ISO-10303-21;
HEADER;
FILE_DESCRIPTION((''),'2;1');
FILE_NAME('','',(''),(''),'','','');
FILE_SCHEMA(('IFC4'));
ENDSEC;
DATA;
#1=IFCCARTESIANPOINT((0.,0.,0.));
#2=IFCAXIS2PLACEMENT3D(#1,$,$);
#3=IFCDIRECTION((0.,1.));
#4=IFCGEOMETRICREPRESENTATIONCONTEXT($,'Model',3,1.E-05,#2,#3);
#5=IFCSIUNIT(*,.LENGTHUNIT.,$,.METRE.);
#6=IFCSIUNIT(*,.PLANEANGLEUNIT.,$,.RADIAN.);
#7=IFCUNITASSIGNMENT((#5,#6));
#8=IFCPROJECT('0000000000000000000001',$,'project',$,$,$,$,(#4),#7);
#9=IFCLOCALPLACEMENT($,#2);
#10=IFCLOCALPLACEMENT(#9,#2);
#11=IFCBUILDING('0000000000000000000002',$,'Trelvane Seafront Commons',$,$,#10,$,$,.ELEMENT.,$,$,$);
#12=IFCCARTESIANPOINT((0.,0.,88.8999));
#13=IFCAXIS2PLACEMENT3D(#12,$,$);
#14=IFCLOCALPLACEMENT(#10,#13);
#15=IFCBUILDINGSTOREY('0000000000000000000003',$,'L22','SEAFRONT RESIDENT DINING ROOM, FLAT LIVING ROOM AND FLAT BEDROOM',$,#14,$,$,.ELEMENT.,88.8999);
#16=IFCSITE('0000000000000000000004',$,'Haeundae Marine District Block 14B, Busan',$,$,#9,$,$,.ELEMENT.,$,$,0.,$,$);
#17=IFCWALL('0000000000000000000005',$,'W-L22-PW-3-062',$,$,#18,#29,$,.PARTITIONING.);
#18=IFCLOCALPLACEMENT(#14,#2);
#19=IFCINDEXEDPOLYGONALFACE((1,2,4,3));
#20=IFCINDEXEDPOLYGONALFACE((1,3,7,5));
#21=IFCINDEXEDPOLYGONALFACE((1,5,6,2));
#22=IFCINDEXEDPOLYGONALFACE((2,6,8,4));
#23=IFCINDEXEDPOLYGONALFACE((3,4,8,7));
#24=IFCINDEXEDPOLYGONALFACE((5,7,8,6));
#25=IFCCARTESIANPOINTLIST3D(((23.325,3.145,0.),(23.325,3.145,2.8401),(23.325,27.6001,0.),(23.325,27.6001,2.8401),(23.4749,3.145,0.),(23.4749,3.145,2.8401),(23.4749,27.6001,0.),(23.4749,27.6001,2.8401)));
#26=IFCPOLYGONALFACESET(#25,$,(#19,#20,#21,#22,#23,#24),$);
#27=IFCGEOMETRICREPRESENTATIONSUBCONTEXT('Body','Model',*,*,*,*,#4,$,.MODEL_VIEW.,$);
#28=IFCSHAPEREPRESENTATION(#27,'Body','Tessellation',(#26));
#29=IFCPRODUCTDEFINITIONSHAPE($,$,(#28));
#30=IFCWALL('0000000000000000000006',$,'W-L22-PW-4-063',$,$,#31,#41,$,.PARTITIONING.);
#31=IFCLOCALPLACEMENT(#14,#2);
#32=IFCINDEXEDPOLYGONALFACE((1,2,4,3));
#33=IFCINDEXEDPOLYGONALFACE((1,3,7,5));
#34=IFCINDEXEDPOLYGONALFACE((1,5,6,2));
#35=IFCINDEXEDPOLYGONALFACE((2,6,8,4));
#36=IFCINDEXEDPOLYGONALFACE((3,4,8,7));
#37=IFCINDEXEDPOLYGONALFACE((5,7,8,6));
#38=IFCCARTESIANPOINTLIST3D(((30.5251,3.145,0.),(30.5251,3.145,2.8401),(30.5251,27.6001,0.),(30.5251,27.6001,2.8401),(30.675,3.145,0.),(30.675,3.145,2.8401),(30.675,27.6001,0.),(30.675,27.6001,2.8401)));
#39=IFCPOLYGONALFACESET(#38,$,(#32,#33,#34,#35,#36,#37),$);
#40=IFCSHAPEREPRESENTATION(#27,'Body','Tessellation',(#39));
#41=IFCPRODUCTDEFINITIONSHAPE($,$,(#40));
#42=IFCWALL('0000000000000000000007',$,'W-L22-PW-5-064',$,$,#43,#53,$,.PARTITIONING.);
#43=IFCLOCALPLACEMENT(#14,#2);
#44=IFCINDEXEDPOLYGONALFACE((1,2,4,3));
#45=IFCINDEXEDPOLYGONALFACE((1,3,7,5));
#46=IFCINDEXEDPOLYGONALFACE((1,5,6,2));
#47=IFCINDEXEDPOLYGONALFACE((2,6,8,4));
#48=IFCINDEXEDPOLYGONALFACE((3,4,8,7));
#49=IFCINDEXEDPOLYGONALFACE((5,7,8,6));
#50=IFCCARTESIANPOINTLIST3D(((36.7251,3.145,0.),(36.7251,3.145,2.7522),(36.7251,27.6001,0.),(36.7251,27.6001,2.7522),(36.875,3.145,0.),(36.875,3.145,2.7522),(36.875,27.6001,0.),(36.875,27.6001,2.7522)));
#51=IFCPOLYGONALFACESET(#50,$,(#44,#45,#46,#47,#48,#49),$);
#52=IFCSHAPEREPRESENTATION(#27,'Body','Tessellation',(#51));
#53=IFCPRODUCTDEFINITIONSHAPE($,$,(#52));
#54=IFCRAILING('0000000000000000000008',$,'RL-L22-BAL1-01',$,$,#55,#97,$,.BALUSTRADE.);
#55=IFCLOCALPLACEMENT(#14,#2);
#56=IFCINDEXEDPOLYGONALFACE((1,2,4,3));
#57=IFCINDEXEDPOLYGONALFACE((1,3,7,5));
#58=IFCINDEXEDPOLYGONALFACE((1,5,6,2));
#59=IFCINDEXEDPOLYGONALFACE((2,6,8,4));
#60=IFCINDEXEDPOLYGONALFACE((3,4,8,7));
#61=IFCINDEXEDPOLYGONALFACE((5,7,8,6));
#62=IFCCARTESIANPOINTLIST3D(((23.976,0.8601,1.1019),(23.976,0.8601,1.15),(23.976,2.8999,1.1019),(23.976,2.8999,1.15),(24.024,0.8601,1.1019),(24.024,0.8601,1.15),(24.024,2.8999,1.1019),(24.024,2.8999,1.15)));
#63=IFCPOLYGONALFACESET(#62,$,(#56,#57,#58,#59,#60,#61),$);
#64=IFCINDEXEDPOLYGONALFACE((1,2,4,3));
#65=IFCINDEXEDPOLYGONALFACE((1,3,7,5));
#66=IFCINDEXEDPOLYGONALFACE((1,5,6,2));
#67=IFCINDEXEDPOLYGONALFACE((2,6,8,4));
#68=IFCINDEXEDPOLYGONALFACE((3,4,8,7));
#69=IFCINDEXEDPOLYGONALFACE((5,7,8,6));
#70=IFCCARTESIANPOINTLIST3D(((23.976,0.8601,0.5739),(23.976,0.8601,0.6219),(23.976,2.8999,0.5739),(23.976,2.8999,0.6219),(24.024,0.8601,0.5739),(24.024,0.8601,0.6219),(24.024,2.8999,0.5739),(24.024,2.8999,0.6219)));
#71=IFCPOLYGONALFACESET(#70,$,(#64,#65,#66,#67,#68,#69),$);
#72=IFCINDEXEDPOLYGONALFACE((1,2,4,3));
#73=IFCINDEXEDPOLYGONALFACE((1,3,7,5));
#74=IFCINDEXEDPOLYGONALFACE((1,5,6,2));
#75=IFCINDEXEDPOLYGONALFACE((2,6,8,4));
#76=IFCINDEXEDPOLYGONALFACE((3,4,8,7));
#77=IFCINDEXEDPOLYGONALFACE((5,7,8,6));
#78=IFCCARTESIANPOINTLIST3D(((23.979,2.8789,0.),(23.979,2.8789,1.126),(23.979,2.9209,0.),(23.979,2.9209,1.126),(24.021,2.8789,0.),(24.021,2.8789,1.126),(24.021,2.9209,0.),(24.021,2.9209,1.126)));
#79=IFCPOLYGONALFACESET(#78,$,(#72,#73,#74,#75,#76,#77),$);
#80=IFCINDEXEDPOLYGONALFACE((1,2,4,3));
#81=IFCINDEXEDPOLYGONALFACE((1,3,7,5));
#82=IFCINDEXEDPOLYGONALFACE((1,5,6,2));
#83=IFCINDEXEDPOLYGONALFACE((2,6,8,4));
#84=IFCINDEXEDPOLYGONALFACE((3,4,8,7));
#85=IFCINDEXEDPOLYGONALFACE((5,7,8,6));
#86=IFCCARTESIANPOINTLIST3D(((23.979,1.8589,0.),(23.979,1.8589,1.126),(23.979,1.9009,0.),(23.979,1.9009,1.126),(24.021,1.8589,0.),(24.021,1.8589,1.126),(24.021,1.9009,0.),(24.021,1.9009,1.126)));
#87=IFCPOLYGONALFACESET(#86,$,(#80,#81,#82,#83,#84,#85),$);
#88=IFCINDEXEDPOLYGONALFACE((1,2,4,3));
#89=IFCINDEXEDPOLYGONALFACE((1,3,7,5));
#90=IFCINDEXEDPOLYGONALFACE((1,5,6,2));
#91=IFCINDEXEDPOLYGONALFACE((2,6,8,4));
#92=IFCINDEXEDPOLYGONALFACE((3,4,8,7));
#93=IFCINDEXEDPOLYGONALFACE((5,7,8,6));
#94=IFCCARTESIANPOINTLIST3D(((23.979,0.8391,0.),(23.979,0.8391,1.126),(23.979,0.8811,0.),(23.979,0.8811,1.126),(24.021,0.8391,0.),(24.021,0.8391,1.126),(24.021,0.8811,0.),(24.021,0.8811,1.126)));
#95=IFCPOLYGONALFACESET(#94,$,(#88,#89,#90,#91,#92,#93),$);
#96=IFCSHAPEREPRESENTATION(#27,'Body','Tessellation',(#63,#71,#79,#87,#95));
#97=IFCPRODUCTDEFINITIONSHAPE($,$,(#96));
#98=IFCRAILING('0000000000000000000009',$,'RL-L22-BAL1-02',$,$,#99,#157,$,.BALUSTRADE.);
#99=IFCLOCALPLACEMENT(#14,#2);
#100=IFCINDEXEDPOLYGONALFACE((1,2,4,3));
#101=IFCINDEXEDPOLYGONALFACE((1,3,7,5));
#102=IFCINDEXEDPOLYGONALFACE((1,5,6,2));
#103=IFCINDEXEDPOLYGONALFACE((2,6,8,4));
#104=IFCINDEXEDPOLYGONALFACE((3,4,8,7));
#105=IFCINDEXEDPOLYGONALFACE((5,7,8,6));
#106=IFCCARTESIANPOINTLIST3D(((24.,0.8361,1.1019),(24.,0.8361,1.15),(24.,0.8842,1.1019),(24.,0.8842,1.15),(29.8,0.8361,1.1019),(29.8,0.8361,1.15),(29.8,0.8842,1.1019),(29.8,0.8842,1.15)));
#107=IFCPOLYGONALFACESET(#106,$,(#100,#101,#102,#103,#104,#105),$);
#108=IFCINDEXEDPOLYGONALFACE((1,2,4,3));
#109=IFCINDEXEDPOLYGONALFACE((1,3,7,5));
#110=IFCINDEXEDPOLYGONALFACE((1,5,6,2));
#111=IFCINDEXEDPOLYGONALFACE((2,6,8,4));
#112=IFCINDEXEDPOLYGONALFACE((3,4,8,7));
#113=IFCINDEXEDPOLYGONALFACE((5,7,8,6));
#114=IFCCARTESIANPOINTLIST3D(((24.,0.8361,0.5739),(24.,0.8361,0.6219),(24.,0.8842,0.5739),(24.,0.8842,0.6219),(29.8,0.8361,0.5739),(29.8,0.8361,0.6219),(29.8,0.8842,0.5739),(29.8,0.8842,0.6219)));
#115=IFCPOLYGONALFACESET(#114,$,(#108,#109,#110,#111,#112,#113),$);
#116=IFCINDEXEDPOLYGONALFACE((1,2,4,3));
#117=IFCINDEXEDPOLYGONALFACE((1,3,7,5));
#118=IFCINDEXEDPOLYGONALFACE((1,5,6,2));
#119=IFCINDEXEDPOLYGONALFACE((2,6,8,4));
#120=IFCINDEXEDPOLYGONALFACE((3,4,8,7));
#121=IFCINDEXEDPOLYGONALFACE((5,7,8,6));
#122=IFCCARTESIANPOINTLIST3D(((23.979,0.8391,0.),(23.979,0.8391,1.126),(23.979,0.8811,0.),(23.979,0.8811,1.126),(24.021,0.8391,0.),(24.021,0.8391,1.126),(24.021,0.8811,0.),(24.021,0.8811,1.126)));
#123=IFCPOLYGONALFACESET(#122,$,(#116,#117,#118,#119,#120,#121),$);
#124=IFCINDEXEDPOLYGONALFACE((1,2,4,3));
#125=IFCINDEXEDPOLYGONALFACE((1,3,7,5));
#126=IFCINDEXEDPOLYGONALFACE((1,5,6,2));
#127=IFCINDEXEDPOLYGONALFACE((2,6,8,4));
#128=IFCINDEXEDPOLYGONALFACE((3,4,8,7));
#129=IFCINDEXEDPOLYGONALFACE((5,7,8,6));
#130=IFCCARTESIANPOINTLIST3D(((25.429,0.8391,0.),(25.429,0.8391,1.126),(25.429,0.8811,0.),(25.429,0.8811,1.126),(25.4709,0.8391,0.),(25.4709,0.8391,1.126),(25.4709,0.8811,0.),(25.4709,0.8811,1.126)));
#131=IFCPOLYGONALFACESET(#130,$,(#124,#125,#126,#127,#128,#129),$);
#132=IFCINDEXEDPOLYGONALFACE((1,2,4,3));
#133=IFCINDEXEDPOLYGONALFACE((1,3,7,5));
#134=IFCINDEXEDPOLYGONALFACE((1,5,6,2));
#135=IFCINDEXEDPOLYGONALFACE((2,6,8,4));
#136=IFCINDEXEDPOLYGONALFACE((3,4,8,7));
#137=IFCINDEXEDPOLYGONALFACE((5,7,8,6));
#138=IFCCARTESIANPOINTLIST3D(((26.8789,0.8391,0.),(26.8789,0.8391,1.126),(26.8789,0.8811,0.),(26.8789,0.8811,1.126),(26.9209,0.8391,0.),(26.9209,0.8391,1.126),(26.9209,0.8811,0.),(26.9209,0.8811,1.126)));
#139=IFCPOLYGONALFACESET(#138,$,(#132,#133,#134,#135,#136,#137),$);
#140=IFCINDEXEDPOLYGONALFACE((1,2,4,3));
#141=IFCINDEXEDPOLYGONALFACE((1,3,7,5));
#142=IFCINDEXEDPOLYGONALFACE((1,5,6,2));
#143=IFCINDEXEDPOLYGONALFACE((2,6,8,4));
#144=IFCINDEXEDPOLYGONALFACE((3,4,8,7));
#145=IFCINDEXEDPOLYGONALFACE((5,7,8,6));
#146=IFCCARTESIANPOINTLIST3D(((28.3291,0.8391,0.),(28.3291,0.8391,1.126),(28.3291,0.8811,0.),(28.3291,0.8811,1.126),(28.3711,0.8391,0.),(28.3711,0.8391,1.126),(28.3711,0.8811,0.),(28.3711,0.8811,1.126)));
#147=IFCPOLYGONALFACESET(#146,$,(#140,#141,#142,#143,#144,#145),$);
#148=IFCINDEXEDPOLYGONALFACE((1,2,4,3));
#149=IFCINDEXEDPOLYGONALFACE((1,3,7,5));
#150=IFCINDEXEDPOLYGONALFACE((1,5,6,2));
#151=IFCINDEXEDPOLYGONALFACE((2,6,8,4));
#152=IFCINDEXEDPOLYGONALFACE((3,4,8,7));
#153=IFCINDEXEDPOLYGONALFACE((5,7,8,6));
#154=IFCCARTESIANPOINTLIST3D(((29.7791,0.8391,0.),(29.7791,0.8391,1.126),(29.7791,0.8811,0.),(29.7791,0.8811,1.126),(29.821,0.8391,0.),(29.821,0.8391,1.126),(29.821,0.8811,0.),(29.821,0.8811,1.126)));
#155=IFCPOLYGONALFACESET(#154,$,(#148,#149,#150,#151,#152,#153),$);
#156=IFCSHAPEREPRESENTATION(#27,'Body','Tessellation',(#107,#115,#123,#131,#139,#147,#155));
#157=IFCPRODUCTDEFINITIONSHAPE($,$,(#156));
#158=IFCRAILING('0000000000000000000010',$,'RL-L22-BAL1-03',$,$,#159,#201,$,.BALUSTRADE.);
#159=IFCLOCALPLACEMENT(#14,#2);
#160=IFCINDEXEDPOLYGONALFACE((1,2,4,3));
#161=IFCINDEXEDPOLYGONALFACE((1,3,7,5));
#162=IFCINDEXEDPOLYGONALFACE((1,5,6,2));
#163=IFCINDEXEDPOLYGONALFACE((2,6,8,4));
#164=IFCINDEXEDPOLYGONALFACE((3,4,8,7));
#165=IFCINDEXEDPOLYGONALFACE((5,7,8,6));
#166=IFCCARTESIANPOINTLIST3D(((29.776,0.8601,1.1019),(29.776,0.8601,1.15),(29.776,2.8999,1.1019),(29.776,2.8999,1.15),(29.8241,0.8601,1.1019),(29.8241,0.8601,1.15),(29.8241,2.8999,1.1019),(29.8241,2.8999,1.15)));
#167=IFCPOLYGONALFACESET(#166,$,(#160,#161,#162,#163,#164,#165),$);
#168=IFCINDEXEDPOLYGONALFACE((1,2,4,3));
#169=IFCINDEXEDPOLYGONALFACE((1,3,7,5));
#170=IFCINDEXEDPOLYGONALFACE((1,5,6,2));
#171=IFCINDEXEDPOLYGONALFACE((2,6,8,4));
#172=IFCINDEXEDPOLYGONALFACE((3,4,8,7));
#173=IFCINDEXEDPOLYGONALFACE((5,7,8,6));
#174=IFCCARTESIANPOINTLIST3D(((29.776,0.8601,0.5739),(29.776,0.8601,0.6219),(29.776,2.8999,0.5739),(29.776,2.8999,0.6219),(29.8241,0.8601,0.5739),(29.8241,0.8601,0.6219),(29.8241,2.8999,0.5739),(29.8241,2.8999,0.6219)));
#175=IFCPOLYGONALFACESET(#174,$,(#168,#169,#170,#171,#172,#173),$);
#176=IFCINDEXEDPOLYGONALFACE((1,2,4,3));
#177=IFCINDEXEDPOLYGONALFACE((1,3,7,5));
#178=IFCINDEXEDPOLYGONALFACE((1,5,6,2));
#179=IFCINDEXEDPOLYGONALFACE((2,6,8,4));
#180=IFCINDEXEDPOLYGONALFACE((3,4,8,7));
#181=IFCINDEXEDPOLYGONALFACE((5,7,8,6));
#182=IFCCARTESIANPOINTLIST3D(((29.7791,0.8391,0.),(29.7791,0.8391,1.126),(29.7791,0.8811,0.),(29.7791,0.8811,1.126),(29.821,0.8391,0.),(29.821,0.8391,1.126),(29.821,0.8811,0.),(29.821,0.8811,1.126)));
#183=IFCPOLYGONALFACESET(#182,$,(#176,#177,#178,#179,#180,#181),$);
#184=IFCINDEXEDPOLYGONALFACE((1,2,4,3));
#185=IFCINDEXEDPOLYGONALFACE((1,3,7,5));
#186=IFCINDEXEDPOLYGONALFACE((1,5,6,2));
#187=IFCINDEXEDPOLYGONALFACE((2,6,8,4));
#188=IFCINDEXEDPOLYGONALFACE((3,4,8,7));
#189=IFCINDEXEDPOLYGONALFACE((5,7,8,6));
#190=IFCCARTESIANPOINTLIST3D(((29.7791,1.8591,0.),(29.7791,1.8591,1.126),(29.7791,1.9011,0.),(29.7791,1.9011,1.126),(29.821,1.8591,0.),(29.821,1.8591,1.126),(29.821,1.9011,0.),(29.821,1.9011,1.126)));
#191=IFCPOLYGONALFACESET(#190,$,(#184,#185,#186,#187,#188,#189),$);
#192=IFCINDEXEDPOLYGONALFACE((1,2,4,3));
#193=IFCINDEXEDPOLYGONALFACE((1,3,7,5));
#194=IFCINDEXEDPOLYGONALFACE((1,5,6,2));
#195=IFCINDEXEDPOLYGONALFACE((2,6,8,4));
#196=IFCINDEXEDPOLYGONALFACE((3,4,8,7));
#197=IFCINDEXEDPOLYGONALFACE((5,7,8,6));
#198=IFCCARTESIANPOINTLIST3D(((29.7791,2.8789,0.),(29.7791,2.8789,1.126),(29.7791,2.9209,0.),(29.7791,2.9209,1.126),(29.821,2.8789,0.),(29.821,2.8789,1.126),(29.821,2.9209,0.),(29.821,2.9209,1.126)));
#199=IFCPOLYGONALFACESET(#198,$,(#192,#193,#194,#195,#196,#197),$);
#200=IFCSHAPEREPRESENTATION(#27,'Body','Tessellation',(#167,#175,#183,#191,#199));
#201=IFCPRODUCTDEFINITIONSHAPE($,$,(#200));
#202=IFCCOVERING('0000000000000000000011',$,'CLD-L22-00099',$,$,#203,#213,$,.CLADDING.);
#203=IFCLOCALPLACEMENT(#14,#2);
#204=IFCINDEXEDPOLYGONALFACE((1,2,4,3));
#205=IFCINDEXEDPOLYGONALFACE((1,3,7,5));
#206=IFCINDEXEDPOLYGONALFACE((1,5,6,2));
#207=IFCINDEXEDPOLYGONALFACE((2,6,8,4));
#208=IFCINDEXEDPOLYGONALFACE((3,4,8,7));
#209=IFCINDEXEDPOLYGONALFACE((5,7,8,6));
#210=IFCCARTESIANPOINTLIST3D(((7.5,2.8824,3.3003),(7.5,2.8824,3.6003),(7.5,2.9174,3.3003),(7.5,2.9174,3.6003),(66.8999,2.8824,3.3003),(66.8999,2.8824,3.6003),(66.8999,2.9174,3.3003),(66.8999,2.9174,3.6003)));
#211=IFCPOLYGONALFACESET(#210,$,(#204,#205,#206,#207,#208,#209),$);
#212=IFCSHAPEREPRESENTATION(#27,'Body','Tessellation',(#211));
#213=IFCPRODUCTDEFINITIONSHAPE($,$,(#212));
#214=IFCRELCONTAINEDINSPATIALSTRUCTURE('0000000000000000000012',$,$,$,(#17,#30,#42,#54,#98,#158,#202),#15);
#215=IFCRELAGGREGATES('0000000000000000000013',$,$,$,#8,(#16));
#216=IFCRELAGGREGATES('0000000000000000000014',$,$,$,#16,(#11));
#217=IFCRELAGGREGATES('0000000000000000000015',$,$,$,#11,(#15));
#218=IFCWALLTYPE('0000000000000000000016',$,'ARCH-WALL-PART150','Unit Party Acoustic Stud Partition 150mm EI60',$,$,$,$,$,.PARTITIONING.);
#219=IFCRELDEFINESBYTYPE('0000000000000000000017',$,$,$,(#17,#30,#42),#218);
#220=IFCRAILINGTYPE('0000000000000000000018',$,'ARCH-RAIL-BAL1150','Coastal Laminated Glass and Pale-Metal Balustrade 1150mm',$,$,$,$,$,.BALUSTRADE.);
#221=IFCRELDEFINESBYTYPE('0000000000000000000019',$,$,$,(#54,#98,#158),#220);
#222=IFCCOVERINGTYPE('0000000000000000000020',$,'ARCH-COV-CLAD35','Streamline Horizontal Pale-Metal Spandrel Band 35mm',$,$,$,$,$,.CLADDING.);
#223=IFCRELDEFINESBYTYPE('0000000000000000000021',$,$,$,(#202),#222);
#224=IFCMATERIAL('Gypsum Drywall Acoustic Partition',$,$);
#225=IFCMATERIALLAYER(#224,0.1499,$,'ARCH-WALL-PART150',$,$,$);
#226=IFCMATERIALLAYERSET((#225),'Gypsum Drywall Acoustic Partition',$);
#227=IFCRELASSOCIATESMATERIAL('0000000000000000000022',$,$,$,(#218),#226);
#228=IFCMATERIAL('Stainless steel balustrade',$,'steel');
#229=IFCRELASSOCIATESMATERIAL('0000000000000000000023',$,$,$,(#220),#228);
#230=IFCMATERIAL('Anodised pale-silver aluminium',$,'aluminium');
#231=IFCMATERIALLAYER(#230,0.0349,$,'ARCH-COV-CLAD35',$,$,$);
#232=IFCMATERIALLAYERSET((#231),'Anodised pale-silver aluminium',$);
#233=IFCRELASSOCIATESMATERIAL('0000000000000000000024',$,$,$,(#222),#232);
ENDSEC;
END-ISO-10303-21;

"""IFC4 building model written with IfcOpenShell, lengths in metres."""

from ifc_helpers import new_model, si_unit, direction, frame, frame_2d, origin, origin_2d, place, context, subcontext, project, spatial, rectangle, extrude, source, transform, mapped, material, layer, layer_set, type_object, element, save


model = new_model("IFC4")

# Units and contexts
model_context = context("Model", 3, precision=1e-05, world=origin(), true_north=direction((0.0, 1.0)))
body_context = subcontext(model_context, "Body", "Model", "MODEL_VIEW")
ifc_project = project(units=[si_unit("LENGTHUNIT", "METRE"), si_unit("PLANEANGLEUNIT", "RADIAN")], contexts=[model_context])

# Site, building, storey
site_placement = place(None, origin())
site = spatial("IfcSite", under=ifc_project, at=site_placement, Name="Haeundae Marine District Block 14B, Busan", CompositionType="ELEMENT", RefElevation=0.0)
building_placement = place(site_placement, origin())
building = spatial("IfcBuilding", under=site, at=building_placement, Name="Trelvane Seafront Commons", CompositionType="ELEMENT")
storey_placement = place(building_placement, frame((0.0, 0.0, 88.8999)))
storey = spatial("IfcBuildingStorey", under=building, at=storey_placement, Name="L22", Description="SEAFRONT RESIDENT DINING ROOM, FLAT LIVING ROOM AND FLAT BEDROOM", CompositionType="ELEMENT", Elevation=88.8999)

# Shared definitions
ifc_material_1 = material(Name="Anodised pale-silver aluminium", Category="aluminium")

# Shared definitions
ifc_material_2 = material(Name="Gypsum Drywall Acoustic Partition")

# Walls
ifc_layer_1 = layer(ifc_material_2, 0.1499, Name="ARCH-WALL-PART150")
ifc_layer_set_1 = layer_set([ifc_layer_1], Name="Gypsum Drywall Acoustic Partition")
wall_type_1 = type_object("IfcWallType", Name="ARCH-WALL-PART150", Description="Unit Party Acoustic Stud Partition 150mm EI60", PredefinedType="PARTITIONING", material=ifc_layer_set_1)
for number, where, z_axis, x_axis, name in (
    (1, (23.3999, 3.145, 0.0), (0.0, 0.0, 1.0), (0.0, 1.0, 0.0), "W-L22-PW-3-062"),
    (2, (30.6001, 3.145, 0.0), (0.0, 0.0, 1.0), (0.0, 1.0, 0.0), "W-L22-PW-4-063"),
):
    element("IfcWall", number, at=place(storey_placement, frame(where, z_axis=z_axis, x_axis=x_axis)), inside=storey, type_object=wall_type_1, Name=name, PredefinedType="PARTITIONING", context=body_context, shape_type="SweptSolid", body=[
        extrude(rectangle(XDim=24.4551, YDim=0.1499, at=frame_2d((12.2275, 0.0))), origin(), (0.0, 0.0, 1.0), 2.8401),
    ])
wall_1_placement = place(storey_placement, frame((36.8, 3.145, 0.0), z_axis=(0.0, 0.0, 1.0), x_axis=(0.0, 1.0, 0.0)))
element("IfcWall", 3, at=wall_1_placement, inside=storey, type_object=wall_type_1, Name="W-L22-PW-5-064", PredefinedType="PARTITIONING", context=body_context, shape_type="SweptSolid", body=[
    extrude(rectangle(XDim=24.4551, YDim=0.1499, at=frame_2d((12.2275, 0.0))), origin(), (0.0, 0.0, 1.0), 2.7522),
])

# Railings
ifc_material_3 = material(Name="Stainless steel balustrade", Category="steel")
railing_type = type_object("IfcRailingType", Name="ARCH-RAIL-BAL1150", Description="Coastal Laminated Glass and Pale-Metal Balustrade 1150mm", PredefinedType="BALUSTRADE", material=ifc_material_3)
railing_1_placement = place(storey_placement, frame((24.0, 2.8999, 0.0)))
element("IfcRailing", 4, at=railing_1_placement, inside=storey, type_object=railing_type, Name="RL-L22-BAL1-01", PredefinedType="BALUSTRADE", context=body_context, shape_type="SweptSolid", body=[
    extrude(rectangle(XDim=0.0481, YDim=0.0481, at=origin_2d()), frame((0.0, 0.0, 1.126), z_axis=(0.0, -1.0, 0.0), x_axis=(1.0, 0.0, 0.0)), (0.0, 0.0, 1.0), 2.0398),
    extrude(rectangle(XDim=0.0481, YDim=0.0481, at=origin_2d()), frame((0.0, 0.0, 0.5979), z_axis=(0.0, -1.0, 0.0), x_axis=(1.0, 0.0, 0.0)), (0.0, 0.0, 1.0), 2.0398),
    extrude(rectangle(XDim=0.042, YDim=0.042, at=origin_2d()), origin(), (0.0, 0.0, 1.0), 1.126),
    extrude(rectangle(XDim=0.042, YDim=0.042, at=origin_2d()), frame((0.0, -1.02, 0.0)), (0.0, 0.0, 1.0), 1.126),
    extrude(rectangle(XDim=0.042, YDim=0.042, at=origin_2d()), frame((0.0, -2.0398, 0.0)), (0.0, 0.0, 1.0), 1.126),
])
railing_2_placement = place(storey_placement, frame((24.0, 0.8601, 0.0)))
element("IfcRailing", 5, at=railing_2_placement, inside=storey, type_object=railing_type, Name="RL-L22-BAL1-02", PredefinedType="BALUSTRADE", context=body_context, shape_type="SweptSolid", body=[
    extrude(rectangle(XDim=0.0481, YDim=0.0481, at=origin_2d()), frame((0.0, 0.0, 1.126), z_axis=(1.0, 0.0, 0.0), x_axis=(0.0, 1.0, 0.0)), (0.0, 0.0, 1.0), 5.8),
    extrude(rectangle(XDim=0.0481, YDim=0.0481, at=origin_2d()), frame((0.0, 0.0, 0.5979), z_axis=(1.0, 0.0, 0.0), x_axis=(0.0, 1.0, 0.0)), (0.0, 0.0, 1.0), 5.8),
    extrude(rectangle(XDim=0.042, YDim=0.042, at=origin_2d()), origin(), (0.0, 0.0, 1.0), 1.126),
    extrude(rectangle(XDim=0.042, YDim=0.042, at=origin_2d()), frame((1.45, 0.0, 0.0)), (0.0, 0.0, 1.0), 1.126),
    extrude(rectangle(XDim=0.042, YDim=0.042, at=origin_2d()), frame((2.8999, 0.0, 0.0)), (0.0, 0.0, 1.0), 1.126),
    extrude(rectangle(XDim=0.042, YDim=0.042, at=origin_2d()), frame((4.3501, 0.0, 0.0)), (0.0, 0.0, 1.0), 1.126),
    extrude(rectangle(XDim=0.042, YDim=0.042, at=origin_2d()), frame((5.8, 0.0, 0.0)), (0.0, 0.0, 1.0), 1.126),
])
railing_3_placement = place(storey_placement, frame((29.8, 0.8601, 0.0)))
element("IfcRailing", 6, at=railing_3_placement, inside=storey, type_object=railing_type, Name="RL-L22-BAL1-03", PredefinedType="BALUSTRADE", context=body_context, shape_type="SweptSolid", body=[
    extrude(rectangle(XDim=0.0481, YDim=0.0481, at=origin_2d()), frame((0.0, 0.0, 1.126), z_axis=(0.0, 1.0, 0.0), x_axis=(-1.0, 0.0, 0.0)), (0.0, 0.0, 1.0), 2.0398),
    extrude(rectangle(XDim=0.0481, YDim=0.0481, at=origin_2d()), frame((0.0, 0.0, 0.5979), z_axis=(0.0, 1.0, 0.0), x_axis=(-1.0, 0.0, 0.0)), (0.0, 0.0, 1.0), 2.0398),
    extrude(rectangle(XDim=0.042, YDim=0.042, at=origin_2d()), origin(), (0.0, 0.0, 1.0), 1.126),
    extrude(rectangle(XDim=0.042, YDim=0.042, at=origin_2d()), frame((0.0, 1.02, 0.0)), (0.0, 0.0, 1.0), 1.126),
    extrude(rectangle(XDim=0.042, YDim=0.042, at=origin_2d()), frame((0.0, 2.0398, 0.0)), (0.0, 0.0, 1.0), 1.126),
])

# Covering
ifc_layer_2 = layer(ifc_material_1, 0.0349, Name="ARCH-COV-CLAD35")
ifc_layer_set_2 = layer_set([ifc_layer_2], Name="Anodised pale-silver aluminium")
covering_type = type_object("IfcCoveringType", Name="ARCH-COV-CLAD35", Description="Streamline Horizontal Pale-Metal Spandrel Band 35mm", PredefinedType="CLADDING", material=ifc_layer_set_2)
shared_shape_1 = source(origin(), body_context, "Body", "SweptSolid", [
    extrude(rectangle(XDim=59.3999, YDim=0.0349, at=origin_2d()), origin(), (0.0, 0.0, 1.0), 0.3),
])
covering_placement = place(storey_placement, frame((37.2, 2.8999, 3.3003), z_axis=(0.0, 0.0, 1.0), x_axis=(-1.0, 0.0, 0.0)))
element("IfcCovering", 7, at=covering_placement, inside=storey, type_object=covering_type, Name="CLD-L22-00099", PredefinedType="CLADDING", context=body_context, shape_type="MappedRepresentation", body=[
    mapped(shared_shape_1, transform((0.0, 0.0, 0.0), x_axis=(1.0, 0.0, 0.0), y_axis=(0.0, 1.0, 0.0), z_axis=(0.0, 0.0, 1.0), scale=1.0)),
])

save(model, "model.ifc")
